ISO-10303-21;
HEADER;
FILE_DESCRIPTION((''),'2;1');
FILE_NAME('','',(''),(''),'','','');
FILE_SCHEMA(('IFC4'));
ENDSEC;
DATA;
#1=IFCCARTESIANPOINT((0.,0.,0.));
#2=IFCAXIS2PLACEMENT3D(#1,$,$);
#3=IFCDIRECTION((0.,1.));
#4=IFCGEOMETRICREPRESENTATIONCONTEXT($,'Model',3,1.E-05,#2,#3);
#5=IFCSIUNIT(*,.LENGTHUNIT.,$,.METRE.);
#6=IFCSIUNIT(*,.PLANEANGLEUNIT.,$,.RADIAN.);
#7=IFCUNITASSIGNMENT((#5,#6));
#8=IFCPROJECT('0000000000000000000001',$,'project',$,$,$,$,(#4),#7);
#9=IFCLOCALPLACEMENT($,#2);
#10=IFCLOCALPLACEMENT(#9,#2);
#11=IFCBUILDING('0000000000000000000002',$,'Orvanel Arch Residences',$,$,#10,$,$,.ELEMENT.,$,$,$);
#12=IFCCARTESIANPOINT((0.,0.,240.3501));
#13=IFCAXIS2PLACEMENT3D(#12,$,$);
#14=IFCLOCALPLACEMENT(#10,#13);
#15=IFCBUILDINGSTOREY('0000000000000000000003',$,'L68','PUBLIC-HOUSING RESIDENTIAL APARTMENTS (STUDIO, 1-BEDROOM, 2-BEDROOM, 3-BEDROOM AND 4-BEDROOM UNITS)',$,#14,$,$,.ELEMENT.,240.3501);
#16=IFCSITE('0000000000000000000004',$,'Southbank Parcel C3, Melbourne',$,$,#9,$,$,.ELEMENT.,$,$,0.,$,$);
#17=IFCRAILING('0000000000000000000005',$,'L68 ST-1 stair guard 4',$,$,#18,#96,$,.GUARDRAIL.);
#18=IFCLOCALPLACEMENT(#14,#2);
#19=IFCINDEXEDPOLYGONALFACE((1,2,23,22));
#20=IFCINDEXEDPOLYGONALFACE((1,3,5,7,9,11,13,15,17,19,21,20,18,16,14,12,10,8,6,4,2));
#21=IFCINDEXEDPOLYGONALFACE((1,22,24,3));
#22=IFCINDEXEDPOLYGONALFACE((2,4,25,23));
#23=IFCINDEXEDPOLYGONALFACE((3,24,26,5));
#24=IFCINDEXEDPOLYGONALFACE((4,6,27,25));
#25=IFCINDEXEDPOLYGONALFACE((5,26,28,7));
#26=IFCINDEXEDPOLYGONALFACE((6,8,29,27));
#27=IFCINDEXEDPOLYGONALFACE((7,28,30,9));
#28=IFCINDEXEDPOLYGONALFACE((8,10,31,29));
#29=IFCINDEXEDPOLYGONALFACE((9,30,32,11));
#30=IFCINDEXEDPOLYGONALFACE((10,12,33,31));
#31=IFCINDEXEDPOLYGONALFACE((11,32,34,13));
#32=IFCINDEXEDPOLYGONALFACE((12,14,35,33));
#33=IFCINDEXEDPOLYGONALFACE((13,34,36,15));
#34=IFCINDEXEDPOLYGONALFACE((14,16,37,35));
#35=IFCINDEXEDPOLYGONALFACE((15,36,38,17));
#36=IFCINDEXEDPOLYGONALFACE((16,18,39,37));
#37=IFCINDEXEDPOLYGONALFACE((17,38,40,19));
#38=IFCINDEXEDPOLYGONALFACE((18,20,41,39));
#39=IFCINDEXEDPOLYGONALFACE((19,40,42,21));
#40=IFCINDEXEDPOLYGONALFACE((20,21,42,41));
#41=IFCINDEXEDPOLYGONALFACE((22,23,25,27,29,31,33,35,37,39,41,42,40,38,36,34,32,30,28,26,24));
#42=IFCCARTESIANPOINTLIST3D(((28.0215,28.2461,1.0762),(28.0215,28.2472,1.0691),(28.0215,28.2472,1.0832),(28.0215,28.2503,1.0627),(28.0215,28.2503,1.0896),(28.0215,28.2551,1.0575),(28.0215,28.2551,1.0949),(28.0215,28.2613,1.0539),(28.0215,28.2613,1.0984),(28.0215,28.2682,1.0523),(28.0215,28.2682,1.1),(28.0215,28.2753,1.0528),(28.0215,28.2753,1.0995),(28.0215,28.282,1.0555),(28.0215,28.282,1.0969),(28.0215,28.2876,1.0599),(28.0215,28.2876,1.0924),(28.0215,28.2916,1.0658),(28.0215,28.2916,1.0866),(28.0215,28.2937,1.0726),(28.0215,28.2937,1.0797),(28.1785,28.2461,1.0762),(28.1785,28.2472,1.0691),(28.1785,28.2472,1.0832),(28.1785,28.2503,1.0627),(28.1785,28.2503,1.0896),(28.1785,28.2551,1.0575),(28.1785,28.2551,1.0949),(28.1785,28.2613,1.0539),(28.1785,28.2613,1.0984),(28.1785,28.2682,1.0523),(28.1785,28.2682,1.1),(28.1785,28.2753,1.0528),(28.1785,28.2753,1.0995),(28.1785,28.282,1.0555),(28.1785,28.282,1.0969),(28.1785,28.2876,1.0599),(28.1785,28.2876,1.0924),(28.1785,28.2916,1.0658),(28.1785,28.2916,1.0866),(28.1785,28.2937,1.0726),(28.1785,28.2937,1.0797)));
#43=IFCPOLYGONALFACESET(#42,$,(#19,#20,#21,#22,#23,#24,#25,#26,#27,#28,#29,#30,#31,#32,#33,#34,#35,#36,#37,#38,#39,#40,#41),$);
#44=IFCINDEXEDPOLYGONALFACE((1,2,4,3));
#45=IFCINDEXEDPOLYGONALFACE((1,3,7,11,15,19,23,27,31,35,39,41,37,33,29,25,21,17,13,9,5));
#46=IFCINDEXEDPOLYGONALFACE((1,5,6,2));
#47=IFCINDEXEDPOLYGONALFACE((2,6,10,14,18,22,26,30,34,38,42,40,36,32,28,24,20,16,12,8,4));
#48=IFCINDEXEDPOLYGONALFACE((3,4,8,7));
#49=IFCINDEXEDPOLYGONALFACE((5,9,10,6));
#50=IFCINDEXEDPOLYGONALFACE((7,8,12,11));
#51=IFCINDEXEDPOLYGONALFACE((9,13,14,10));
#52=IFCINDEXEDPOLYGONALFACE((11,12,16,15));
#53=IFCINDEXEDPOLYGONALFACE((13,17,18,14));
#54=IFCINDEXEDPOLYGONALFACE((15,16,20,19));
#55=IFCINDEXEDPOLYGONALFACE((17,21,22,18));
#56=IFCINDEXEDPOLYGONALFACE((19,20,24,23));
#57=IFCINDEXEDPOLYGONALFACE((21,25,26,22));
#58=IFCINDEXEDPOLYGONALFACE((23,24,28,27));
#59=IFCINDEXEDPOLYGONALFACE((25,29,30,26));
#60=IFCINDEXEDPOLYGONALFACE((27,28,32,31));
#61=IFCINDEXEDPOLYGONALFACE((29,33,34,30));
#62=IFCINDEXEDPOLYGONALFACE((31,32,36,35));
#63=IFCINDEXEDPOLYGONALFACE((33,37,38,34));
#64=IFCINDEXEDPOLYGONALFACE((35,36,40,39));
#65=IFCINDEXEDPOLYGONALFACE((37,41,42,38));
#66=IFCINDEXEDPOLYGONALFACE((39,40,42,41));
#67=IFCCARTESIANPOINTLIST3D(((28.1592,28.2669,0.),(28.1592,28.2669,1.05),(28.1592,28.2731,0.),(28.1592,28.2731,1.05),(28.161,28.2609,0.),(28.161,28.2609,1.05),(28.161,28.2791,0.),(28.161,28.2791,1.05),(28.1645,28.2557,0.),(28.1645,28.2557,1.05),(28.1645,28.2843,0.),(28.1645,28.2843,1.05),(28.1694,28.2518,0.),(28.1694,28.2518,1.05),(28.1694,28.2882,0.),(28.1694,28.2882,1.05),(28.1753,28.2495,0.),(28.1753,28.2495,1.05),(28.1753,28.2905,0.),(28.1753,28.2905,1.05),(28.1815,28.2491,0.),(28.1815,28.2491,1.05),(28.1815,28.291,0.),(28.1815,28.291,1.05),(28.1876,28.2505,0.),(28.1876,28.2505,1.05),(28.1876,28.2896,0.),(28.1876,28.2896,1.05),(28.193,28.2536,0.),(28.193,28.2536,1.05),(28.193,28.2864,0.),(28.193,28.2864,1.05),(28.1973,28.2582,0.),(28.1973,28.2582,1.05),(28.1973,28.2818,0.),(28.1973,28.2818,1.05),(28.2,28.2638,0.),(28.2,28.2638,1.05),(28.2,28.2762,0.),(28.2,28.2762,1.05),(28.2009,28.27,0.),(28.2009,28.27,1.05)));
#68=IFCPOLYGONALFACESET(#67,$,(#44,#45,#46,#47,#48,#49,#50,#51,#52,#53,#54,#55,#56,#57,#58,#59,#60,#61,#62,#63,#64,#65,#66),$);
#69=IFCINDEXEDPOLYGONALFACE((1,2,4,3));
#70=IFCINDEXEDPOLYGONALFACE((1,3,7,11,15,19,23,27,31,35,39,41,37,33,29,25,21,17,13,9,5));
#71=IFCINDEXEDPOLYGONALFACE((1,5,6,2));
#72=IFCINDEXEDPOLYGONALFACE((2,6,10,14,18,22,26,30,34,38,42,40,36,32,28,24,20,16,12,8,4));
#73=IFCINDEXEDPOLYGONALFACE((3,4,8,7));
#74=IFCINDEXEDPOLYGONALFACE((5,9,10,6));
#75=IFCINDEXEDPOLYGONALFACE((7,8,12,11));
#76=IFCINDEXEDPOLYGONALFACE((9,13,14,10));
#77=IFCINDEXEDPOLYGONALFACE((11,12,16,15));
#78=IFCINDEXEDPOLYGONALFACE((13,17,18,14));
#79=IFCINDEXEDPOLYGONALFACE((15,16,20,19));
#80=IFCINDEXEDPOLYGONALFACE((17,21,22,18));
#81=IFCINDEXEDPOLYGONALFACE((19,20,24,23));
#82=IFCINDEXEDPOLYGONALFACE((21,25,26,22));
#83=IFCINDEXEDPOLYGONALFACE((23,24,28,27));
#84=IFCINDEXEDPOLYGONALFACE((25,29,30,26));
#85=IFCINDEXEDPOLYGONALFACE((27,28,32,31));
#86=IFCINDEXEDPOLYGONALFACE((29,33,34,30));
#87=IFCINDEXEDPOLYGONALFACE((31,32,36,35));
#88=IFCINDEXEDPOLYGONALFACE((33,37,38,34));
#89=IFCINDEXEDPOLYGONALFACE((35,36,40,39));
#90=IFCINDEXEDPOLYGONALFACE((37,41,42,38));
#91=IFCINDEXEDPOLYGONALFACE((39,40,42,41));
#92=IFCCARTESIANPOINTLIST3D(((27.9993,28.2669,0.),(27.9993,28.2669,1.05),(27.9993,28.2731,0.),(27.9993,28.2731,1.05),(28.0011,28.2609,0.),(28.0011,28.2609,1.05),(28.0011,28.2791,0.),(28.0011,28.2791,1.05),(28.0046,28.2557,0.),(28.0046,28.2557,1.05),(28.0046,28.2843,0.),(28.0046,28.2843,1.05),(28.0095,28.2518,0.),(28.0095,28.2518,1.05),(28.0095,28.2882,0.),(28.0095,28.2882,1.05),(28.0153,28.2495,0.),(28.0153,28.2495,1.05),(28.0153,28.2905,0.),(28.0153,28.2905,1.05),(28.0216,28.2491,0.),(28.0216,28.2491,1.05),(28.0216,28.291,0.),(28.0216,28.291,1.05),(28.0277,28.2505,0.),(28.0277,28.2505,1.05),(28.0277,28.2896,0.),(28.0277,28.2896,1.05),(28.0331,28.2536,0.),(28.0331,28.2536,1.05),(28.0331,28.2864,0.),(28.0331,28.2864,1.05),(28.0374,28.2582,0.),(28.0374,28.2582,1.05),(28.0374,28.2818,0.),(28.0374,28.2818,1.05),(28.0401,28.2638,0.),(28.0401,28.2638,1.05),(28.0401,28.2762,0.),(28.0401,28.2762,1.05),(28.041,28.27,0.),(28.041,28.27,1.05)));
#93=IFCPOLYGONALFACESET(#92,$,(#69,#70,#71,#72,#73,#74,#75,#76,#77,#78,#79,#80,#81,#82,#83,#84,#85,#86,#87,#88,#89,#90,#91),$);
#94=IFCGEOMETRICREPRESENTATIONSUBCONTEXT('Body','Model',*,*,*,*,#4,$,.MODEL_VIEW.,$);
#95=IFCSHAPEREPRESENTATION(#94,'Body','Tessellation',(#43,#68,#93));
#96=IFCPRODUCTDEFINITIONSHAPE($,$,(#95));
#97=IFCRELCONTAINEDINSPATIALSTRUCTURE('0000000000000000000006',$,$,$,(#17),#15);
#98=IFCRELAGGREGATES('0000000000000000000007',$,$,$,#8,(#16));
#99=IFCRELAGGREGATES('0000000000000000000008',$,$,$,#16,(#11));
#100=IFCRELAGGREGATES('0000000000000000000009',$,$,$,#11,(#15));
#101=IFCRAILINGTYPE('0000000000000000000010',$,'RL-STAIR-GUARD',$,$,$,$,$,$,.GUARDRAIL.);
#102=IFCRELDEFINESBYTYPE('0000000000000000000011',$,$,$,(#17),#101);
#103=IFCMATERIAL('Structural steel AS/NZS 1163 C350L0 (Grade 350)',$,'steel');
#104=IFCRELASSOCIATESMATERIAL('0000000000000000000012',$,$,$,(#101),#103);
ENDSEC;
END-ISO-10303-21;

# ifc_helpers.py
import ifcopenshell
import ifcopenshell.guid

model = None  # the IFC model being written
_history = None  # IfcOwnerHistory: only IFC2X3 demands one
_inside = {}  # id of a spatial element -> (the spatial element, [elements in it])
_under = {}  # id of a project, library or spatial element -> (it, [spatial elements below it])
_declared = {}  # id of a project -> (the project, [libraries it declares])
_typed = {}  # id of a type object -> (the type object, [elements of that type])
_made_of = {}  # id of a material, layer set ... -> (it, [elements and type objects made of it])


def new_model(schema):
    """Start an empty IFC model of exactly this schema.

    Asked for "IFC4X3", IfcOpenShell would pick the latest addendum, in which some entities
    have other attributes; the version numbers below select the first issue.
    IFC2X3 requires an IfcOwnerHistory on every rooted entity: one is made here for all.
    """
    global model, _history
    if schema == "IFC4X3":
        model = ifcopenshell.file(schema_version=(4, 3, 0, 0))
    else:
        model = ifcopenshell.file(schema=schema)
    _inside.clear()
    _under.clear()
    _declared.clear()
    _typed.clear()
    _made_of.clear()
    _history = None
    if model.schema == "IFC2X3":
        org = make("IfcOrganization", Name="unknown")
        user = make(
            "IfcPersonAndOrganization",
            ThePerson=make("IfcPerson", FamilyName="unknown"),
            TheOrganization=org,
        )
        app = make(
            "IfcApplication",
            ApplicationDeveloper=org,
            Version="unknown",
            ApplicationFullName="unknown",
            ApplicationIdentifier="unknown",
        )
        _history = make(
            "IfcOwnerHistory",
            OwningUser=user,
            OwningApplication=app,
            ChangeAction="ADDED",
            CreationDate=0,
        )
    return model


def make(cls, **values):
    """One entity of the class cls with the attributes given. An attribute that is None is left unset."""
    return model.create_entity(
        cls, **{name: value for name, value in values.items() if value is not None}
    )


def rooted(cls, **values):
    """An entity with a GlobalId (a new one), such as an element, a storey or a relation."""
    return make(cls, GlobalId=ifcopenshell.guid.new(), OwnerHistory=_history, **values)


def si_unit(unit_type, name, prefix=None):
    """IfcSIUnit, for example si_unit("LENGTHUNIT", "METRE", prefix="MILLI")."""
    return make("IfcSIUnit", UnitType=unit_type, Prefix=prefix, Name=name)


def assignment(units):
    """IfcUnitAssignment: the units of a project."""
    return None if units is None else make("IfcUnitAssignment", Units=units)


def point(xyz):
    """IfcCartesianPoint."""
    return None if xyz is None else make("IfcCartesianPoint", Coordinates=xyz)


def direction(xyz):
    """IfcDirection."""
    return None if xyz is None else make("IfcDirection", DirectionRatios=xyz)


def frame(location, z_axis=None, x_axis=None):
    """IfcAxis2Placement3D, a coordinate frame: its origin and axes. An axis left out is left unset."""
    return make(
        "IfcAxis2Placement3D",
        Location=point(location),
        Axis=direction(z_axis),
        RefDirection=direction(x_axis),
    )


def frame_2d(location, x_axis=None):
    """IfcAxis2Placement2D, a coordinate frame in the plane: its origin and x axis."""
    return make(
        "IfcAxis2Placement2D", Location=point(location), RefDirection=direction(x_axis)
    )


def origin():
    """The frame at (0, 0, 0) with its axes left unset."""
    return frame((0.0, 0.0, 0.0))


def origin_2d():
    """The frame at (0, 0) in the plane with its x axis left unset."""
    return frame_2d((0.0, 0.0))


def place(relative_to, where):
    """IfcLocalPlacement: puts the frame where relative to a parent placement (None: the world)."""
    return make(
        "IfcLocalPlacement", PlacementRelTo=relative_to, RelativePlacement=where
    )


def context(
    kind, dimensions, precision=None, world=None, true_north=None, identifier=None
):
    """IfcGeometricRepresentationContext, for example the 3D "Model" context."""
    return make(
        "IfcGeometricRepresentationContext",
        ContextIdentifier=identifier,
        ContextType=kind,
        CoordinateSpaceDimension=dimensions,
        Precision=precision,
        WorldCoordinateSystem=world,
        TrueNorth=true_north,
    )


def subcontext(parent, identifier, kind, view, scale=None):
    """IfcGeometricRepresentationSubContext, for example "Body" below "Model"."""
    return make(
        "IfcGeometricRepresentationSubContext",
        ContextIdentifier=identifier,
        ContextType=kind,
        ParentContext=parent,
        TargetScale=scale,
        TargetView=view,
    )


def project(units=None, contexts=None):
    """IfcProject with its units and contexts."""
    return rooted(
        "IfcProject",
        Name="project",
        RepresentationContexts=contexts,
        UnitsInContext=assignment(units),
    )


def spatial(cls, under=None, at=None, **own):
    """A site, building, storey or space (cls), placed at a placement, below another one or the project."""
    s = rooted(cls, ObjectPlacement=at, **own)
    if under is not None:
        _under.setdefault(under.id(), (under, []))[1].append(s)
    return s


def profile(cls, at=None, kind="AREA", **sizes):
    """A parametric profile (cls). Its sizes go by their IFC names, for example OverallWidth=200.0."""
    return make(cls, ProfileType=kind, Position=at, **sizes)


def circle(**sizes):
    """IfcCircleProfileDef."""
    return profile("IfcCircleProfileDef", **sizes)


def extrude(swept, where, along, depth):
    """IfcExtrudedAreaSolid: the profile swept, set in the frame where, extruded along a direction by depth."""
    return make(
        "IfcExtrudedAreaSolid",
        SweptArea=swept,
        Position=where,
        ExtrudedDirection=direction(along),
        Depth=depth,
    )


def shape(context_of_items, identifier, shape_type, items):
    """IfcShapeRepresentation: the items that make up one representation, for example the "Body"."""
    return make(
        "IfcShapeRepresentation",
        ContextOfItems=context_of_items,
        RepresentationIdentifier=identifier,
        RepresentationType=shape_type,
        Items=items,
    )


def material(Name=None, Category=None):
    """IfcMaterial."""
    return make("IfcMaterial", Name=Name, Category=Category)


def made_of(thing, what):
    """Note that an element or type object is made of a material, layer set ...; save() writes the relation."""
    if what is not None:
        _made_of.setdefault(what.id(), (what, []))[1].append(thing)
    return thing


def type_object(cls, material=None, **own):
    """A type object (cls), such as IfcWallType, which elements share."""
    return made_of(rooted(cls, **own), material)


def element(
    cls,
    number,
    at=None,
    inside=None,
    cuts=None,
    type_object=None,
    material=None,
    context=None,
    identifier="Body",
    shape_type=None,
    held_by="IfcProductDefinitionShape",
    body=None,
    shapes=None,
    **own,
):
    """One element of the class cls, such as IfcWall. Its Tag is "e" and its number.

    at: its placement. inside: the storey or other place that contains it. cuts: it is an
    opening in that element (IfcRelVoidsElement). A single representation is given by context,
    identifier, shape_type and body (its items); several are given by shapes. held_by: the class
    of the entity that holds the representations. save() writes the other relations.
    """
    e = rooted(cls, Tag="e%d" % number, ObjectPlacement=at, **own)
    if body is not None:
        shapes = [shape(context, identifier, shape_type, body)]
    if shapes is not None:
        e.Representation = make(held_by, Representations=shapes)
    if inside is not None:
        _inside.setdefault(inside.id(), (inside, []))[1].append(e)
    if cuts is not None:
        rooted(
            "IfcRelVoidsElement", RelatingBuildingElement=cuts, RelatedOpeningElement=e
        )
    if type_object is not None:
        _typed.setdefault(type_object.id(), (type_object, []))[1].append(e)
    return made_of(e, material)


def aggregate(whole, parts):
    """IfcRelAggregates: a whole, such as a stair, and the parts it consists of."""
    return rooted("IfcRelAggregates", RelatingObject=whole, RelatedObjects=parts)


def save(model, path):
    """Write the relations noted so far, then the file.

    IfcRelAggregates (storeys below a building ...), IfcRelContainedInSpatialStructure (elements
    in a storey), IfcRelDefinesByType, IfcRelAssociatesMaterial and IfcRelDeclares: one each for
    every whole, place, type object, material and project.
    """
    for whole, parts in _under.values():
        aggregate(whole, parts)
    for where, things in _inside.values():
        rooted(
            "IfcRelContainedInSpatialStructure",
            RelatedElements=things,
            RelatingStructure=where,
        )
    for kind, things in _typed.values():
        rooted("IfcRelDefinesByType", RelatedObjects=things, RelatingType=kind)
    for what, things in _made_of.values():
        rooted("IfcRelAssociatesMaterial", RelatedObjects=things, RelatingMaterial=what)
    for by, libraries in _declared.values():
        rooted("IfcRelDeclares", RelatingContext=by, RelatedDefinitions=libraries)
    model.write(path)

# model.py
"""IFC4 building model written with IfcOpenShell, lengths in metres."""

from ifc_helpers import new_model, si_unit, direction, frame, origin, origin_2d, place, context, subcontext, project, spatial, circle, extrude, material, type_object, element, save


model = new_model("IFC4")

# Units and contexts
model_context = context("Model", 3, precision=1e-05, world=origin(), true_north=direction((0.0, 1.0)))
body_context = subcontext(model_context, "Body", "Model", "MODEL_VIEW")
ifc_project = project(units=[si_unit("LENGTHUNIT", "METRE"), si_unit("PLANEANGLEUNIT", "RADIAN")], contexts=[model_context])

# Site, building, storey
site_placement = place(None, origin())
site = spatial("IfcSite", under=ifc_project, at=site_placement, Name="Southbank Parcel C3, Melbourne", CompositionType="ELEMENT", RefElevation=0.0)
building_placement = place(site_placement, origin())
building = spatial("IfcBuilding", under=site, at=building_placement, Name="Orvanel Arch Residences", CompositionType="ELEMENT")
storey_placement = place(building_placement, frame((0.0, 0.0, 240.3501)))
storey = spatial("IfcBuildingStorey", under=building, at=storey_placement, Name="L68", Description="PUBLIC-HOUSING RESIDENTIAL APARTMENTS (STUDIO, 1-BEDROOM, 2-BEDROOM, 3-BEDROOM AND 4-BEDROOM UNITS)", CompositionType="ELEMENT", Elevation=240.3501)

# Railing
ifc_material_1 = material(Name="Structural steel AS/NZS 1163 C350L0 (Grade 350)", Category="steel")
railing_type_1 = type_object("IfcRailingType", Name="RL-STAIR-GUARD", PredefinedType="GUARDRAIL", material=ifc_material_1)
railing_1_placement = place(storey_placement, frame((28.1799, 28.27, 0.0)))
element("IfcRailing", 1, at=railing_1_placement, inside=storey, type_object=railing_type_1, Name="L68 ST-1 stair guard 4", PredefinedType="GUARDRAIL", context=body_context, shape_type="SweptSolid", body=[
    extrude(circle(Radius=0.0239, at=origin_2d()), frame((-0.0015, 0.0, 1.0762), z_axis=(-1.0, 0.0, 0.0), x_axis=(0.0, -1.0, 0.0)), (0.0, 0.0, 1.0), 0.157),
    extrude(circle(Radius=0.021, at=origin_2d()), origin(), (0.0, 0.0, 1.0), 1.05),
    extrude(circle(Radius=0.021, at=origin_2d()), frame((-0.1599, 0.0, 0.0)), (0.0, 0.0, 1.0), 1.05),
])

save(model, "model.ifc")
